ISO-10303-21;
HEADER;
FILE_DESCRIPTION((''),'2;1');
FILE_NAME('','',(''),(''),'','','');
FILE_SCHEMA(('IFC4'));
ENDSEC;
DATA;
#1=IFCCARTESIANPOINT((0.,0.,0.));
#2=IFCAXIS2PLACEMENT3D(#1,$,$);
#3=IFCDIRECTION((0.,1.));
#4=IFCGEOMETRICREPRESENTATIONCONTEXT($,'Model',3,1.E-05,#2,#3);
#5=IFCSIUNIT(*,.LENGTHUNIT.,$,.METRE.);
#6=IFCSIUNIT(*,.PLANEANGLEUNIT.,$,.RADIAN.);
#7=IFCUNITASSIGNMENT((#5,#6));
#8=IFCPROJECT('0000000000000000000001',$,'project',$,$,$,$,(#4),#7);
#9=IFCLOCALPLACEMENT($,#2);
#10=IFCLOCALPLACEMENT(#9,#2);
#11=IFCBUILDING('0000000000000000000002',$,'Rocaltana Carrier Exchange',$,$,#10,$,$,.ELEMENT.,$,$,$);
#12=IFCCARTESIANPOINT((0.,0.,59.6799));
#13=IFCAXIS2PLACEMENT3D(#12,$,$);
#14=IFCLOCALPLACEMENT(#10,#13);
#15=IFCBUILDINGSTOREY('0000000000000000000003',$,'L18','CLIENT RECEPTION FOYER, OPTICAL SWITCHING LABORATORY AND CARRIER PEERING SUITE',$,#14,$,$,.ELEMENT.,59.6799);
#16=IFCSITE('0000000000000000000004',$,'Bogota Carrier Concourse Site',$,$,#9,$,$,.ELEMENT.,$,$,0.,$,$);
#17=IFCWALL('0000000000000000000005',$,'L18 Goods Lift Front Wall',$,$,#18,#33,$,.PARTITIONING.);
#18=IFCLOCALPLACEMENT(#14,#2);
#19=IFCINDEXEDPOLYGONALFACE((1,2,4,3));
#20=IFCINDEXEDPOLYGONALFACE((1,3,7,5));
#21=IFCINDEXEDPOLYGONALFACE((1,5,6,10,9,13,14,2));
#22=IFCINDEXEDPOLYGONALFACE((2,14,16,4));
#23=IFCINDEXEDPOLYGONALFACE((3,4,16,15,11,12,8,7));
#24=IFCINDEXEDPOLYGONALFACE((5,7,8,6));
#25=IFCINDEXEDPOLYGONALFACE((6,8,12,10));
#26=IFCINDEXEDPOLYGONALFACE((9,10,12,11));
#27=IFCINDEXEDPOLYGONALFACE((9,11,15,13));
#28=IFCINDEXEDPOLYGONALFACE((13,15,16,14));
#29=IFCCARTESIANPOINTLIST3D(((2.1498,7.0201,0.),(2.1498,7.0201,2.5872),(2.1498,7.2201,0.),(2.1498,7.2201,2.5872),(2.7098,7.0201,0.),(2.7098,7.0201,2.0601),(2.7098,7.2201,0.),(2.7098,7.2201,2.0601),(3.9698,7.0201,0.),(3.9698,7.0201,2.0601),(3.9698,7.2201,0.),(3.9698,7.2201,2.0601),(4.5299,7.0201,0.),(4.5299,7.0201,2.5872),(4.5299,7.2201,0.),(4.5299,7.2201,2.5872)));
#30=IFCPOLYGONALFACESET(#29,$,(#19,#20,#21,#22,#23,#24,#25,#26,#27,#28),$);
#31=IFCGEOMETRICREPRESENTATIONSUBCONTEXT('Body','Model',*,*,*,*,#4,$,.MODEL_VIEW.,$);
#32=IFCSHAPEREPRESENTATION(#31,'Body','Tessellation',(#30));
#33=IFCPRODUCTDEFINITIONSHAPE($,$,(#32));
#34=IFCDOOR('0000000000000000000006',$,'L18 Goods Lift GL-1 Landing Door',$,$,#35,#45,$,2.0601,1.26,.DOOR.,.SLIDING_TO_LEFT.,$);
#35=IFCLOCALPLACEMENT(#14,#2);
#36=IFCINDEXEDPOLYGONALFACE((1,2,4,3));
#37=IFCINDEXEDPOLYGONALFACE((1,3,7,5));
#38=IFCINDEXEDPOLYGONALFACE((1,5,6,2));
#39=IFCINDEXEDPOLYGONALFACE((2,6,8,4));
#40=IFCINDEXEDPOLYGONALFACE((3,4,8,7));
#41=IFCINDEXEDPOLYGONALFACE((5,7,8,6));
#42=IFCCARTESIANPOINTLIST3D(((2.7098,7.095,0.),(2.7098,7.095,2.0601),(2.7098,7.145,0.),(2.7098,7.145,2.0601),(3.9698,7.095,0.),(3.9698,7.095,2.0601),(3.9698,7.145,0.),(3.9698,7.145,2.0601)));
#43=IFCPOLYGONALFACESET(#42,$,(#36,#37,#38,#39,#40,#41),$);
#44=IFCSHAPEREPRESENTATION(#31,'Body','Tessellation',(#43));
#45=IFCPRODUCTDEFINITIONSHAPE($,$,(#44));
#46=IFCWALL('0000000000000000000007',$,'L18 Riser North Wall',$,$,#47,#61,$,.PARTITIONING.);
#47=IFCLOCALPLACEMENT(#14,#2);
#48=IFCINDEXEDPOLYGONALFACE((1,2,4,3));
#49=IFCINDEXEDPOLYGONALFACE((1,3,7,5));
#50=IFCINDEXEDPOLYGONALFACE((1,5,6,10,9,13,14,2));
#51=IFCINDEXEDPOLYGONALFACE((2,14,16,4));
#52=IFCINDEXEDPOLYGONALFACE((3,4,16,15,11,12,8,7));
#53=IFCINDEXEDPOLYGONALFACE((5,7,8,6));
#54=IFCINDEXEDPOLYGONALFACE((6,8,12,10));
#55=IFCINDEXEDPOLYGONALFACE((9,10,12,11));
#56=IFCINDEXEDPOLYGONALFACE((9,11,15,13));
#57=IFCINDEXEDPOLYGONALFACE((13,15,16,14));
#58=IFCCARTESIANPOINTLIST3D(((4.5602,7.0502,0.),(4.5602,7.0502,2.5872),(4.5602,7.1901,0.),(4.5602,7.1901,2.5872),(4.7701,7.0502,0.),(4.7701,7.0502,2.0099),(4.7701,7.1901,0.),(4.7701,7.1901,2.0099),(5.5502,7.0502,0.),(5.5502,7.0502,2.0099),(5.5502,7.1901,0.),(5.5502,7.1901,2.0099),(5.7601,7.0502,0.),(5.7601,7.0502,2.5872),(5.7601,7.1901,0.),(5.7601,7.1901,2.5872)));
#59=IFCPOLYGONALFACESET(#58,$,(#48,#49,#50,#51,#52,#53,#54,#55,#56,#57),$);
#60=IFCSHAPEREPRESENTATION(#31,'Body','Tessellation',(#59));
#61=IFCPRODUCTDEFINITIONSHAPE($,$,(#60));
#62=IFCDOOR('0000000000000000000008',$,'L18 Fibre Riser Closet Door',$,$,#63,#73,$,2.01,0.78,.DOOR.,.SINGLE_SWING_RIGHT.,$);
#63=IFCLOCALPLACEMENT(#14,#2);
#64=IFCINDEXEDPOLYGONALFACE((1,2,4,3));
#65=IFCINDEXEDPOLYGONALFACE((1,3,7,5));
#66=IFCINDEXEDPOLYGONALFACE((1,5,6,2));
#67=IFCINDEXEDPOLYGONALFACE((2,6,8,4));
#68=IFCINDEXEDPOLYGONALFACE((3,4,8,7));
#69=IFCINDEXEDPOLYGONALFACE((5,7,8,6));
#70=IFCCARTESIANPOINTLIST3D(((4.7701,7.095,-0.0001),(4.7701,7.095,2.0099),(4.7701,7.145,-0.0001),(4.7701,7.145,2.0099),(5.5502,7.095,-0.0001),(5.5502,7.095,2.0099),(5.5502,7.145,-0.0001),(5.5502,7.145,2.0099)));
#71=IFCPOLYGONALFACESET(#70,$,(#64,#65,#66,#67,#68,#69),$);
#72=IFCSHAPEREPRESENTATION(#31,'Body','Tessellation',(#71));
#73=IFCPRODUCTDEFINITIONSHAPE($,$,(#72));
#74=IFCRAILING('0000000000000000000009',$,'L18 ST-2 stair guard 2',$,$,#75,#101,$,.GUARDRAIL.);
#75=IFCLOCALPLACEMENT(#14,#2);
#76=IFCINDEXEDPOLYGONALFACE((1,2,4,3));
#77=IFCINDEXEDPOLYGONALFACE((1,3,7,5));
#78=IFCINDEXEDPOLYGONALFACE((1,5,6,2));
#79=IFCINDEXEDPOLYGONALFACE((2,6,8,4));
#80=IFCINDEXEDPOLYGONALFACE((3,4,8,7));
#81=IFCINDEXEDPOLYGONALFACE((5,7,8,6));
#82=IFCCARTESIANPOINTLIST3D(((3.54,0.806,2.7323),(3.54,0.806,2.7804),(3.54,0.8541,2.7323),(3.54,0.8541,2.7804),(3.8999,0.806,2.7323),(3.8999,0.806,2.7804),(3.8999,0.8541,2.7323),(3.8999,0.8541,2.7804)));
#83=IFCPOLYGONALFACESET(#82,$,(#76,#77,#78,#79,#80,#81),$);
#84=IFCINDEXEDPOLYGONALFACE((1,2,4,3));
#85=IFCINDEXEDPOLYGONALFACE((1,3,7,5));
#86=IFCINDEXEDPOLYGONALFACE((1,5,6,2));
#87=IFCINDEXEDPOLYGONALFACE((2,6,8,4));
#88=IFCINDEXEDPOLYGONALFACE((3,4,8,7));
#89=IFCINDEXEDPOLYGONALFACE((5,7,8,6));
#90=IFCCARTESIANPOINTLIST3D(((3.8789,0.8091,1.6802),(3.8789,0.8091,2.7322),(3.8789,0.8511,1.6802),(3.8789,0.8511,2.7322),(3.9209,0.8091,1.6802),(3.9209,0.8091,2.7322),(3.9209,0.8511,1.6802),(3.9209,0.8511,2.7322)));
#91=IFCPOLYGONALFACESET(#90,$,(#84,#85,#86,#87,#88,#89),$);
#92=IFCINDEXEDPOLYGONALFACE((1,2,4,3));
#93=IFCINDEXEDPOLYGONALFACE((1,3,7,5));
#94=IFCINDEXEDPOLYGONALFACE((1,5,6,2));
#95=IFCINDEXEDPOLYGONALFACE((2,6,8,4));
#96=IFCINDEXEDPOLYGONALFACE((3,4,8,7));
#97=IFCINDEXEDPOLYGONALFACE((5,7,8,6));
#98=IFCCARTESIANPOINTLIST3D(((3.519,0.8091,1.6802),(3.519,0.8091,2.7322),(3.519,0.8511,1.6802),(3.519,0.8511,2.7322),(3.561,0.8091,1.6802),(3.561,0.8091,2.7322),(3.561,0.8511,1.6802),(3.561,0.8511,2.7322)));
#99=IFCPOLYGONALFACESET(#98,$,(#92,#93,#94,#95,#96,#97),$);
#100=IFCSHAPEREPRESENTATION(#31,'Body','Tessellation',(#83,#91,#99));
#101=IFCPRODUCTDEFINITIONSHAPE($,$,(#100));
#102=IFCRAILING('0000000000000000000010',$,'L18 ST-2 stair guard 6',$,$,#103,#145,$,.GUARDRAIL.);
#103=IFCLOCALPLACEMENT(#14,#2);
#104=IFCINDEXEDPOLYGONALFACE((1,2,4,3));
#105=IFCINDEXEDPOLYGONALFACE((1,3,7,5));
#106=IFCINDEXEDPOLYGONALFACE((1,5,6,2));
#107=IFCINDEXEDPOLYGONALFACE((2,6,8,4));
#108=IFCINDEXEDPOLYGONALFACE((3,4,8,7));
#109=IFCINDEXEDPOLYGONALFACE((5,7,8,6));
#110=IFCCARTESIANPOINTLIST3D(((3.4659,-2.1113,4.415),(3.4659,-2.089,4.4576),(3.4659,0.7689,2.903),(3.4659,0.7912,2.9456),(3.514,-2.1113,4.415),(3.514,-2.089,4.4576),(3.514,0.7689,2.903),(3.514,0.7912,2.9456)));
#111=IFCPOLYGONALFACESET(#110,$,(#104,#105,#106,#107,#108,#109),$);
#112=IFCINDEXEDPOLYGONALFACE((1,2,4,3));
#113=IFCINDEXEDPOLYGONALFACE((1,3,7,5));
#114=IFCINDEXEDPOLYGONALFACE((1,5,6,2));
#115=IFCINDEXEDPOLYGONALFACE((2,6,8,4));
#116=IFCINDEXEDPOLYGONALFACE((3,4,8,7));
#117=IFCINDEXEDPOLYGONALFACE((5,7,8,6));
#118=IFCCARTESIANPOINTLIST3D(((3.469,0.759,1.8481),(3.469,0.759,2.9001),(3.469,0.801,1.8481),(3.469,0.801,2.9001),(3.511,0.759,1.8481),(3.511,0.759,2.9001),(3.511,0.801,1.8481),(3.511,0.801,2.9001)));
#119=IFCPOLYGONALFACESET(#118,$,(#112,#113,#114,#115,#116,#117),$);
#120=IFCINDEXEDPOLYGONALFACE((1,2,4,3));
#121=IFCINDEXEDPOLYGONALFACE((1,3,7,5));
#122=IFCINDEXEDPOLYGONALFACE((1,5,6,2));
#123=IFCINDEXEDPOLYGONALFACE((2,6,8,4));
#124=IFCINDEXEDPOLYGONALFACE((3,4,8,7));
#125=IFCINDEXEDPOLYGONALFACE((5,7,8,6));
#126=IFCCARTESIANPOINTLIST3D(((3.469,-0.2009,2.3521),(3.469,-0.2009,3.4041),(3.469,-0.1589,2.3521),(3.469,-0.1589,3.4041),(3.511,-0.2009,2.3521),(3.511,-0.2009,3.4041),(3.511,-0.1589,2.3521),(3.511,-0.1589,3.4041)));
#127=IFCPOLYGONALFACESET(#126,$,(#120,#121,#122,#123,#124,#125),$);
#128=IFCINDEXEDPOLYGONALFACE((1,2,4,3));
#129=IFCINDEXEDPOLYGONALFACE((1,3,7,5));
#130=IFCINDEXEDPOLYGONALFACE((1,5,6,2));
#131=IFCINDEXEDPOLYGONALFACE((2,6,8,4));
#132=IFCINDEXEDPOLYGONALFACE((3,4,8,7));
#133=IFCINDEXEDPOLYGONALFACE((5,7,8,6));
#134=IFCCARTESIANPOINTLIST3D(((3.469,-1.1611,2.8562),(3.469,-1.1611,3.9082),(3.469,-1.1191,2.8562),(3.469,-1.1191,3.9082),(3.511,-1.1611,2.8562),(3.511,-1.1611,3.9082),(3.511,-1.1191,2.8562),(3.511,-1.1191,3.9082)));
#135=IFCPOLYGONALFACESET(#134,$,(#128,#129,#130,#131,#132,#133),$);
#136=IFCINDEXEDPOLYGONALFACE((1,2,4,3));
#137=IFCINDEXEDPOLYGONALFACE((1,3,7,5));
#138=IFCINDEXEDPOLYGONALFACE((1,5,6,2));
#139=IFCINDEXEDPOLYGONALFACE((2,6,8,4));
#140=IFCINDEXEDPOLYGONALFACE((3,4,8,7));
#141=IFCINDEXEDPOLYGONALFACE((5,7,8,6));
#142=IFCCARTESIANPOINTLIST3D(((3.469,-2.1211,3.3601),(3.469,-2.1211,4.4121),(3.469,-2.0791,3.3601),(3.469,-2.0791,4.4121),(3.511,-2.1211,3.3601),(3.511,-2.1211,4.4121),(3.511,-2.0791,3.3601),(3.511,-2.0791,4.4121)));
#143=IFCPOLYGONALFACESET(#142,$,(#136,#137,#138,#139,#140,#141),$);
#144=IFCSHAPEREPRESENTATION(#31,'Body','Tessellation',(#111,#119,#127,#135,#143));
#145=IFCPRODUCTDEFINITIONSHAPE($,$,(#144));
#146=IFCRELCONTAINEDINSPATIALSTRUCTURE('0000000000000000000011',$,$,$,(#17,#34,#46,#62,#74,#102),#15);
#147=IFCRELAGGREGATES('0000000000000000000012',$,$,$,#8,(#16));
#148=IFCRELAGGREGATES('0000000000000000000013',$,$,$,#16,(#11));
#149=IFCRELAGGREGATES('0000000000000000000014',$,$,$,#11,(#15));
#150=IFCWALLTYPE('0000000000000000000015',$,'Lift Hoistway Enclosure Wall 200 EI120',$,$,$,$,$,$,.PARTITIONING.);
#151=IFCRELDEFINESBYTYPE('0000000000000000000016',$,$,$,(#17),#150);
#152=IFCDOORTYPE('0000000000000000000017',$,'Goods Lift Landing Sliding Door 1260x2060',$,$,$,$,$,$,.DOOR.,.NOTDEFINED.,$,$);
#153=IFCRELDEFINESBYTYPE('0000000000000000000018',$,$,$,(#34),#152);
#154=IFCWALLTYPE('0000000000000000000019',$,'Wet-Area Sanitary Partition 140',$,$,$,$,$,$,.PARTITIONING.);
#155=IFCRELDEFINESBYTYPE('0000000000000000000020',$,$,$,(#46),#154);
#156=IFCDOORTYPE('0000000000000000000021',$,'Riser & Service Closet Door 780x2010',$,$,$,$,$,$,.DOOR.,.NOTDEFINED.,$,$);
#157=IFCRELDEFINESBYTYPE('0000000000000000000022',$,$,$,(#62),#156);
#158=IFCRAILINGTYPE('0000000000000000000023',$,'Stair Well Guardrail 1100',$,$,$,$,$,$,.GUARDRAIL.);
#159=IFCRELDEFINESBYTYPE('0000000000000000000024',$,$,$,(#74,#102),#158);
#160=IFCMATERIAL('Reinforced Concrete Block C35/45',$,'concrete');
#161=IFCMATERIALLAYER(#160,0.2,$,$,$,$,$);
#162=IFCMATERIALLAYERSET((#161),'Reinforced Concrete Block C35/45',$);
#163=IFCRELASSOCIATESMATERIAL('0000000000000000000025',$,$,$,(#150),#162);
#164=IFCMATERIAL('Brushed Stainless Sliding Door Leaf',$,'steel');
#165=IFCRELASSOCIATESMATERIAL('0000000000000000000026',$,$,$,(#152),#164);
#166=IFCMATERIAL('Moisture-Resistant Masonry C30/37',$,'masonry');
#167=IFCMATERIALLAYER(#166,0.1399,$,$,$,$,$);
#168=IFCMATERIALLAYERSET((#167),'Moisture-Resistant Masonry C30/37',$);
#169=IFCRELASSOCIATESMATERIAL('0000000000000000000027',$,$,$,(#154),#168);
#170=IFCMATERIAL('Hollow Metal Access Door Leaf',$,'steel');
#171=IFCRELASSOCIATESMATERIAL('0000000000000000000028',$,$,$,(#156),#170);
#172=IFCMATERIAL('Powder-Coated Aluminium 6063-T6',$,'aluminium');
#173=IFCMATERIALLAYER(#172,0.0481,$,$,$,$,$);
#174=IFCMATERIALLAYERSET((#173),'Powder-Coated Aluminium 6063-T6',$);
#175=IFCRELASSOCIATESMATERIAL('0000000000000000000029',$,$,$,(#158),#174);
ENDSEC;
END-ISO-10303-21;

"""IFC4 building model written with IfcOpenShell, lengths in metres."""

from ifc_helpers import new_model, si_unit, direction, frame, frame_2d, origin, origin_2d, place, context, subcontext, project, spatial, rectangle, extrude, material, layer, layer_set, type_object, element, fill, save


model = new_model("IFC4")

# Units and contexts
model_context = context("Model", 3, precision=1e-05, world=origin(), true_north=direction((0.0, 1.0)))
body_context = subcontext(model_context, "Body", "Model", "MODEL_VIEW")
ifc_project = project(units=[si_unit("LENGTHUNIT", "METRE"), si_unit("PLANEANGLEUNIT", "RADIAN")], contexts=[model_context])

# Site, building, storey
site_placement = place(None, origin())
site = spatial("IfcSite", under=ifc_project, at=site_placement, Name="Bogota Carrier Concourse Site", CompositionType="ELEMENT", RefElevation=0.0)
building_placement = place(site_placement, origin())
building = spatial("IfcBuilding", under=site, at=building_placement, Name="Rocaltana Carrier Exchange", CompositionType="ELEMENT")
storey_placement = place(building_placement, frame((0.0, 0.0, 59.6799)))
storey = spatial("IfcBuildingStorey", under=building, at=storey_placement, Name="L18", Description="CLIENT RECEPTION FOYER, OPTICAL SWITCHING LABORATORY AND CARRIER PEERING SUITE", CompositionType="ELEMENT", Elevation=59.6799)

# Shared definitions
ifc_material_1 = material(Name="Reinforced Concrete Block C35/45", Category="concrete")
ifc_layer_1 = layer(ifc_material_1, 0.2)
ifc_layer_set_1 = layer_set([ifc_layer_1], Name="Reinforced Concrete Block C35/45")
wall_type_1 = type_object("IfcWallType", Name="Lift Hoistway Enclosure Wall 200 EI120", PredefinedType="PARTITIONING", material=ifc_layer_set_1)

# Walls, openings, doors
wall_1_placement = place(storey_placement, frame((2.1499, 7.1201, 0.0), z_axis=(0.0, 0.0, 1.0), x_axis=(1.0, 0.0, 0.0)))
wall_1 = element("IfcWall", 1, at=wall_1_placement, inside=storey, type_object=wall_type_1, Name="L18 Goods Lift Front Wall", PredefinedType="PARTITIONING", context=body_context, shape_type="SweptSolid", body=[
    extrude(rectangle(XDim=2.3801, YDim=0.2, at=frame_2d((1.1899, 0.0))), origin(), (0.0, 0.0, 1.0), 2.5872),
])
opening_1_placement = place(wall_1_placement, frame((0.5601, 0.0, 0.0)))
opening_1 = element("IfcOpeningElement", 2, at=opening_1_placement, cuts=wall_1, PredefinedType="OPENING", context=body_context, shape_type="SweptSolid", body=[
    extrude(rectangle(XDim=1.26, YDim=2.0601, at=frame_2d((0.6299, 1.03))), frame((0.0, 0.1099, 0.0), z_axis=(0.0, -1.0, 0.0), x_axis=(1.0, 0.0, 0.0)), (0.0, 0.0, 1.0), 0.22),
])
ifc_material_2 = material(Name="Brushed Stainless Sliding Door Leaf", Category="steel")
door_type_1 = type_object("IfcDoorType", Name="Goods Lift Landing Sliding Door 1260x2060", OperationType="NOTDEFINED", PredefinedType="DOOR", material=ifc_material_2)
door_1_placement = place(opening_1_placement, origin())
door_1 = element("IfcDoor", 3, at=door_1_placement, inside=storey, type_object=door_type_1, Name="L18 Goods Lift GL-1 Landing Door", OperationType="SLIDING_TO_LEFT", OverallHeight=2.0601, OverallWidth=1.26, PredefinedType="DOOR", context=body_context, shape_type="SweptSolid", body=[
    extrude(rectangle(XDim=1.26, YDim=2.0601, at=frame_2d((0.6299, 1.03))), frame((0.0, 0.0249, 0.0), z_axis=(0.0, -1.0, 0.0), x_axis=(1.0, 0.0, 0.0)), (0.0, 0.0, 1.0), 0.05),
])
fill(opening_1, door_1)
ifc_material_3 = material(Name="Moisture-Resistant Masonry C30/37", Category="masonry")
ifc_layer_2 = layer(ifc_material_3, 0.1399)
ifc_layer_set_2 = layer_set([ifc_layer_2], Name="Moisture-Resistant Masonry C30/37")
wall_type_2 = type_object("IfcWallType", Name="Wet-Area Sanitary Partition 140", PredefinedType="PARTITIONING", material=ifc_layer_set_2)
wall_2_placement = place(storey_placement, frame((4.5601, 7.1201, 0.0), z_axis=(0.0, 0.0, 1.0), x_axis=(1.0, 0.0, 0.0)))
wall_2 = element("IfcWall", 4, at=wall_2_placement, inside=storey, type_object=wall_type_2, Name="L18 Riser North Wall", PredefinedType="PARTITIONING", context=body_context, shape_type="SweptSolid", body=[
    extrude(rectangle(XDim=1.2, YDim=0.1399, at=frame_2d((0.6001, 0.0))), origin(), (0.0, 0.0, 1.0), 2.5872),
])
opening_2_placement = place(wall_2_placement, frame((0.21, 0.0, 0.0)))
opening_2 = element("IfcOpeningElement", 5, at=opening_2_placement, cuts=wall_2, PredefinedType="OPENING", context=body_context, shape_type="SweptSolid", body=[
    extrude(rectangle(XDim=0.78, YDim=2.01, at=frame_2d((0.3901, 1.0049))), frame((0.0, 0.0798, 0.0), z_axis=(0.0, -1.0, 0.0), x_axis=(1.0, 0.0, 0.0)), (0.0, 0.0, 1.0), 0.1599),
])
ifc_material_4 = material(Name="Hollow Metal Access Door Leaf", Category="steel")
door_type_2 = type_object("IfcDoorType", Name="Riser & Service Closet Door 780x2010", OperationType="NOTDEFINED", PredefinedType="DOOR", material=ifc_material_4)
door_2_placement = place(opening_2_placement, origin())
door_2 = element("IfcDoor", 6, at=door_2_placement, inside=storey, type_object=door_type_2, Name="L18 Fibre Riser Closet Door", OperationType="SINGLE_SWING_RIGHT", OverallHeight=2.01, OverallWidth=0.78, PredefinedType="DOOR", context=body_context, shape_type="SweptSolid", body=[
    extrude(rectangle(XDim=0.78, YDim=2.01, at=frame_2d((0.3901, 1.0049))), frame((0.0, 0.0249, 0.0), z_axis=(0.0, -1.0, 0.0), x_axis=(1.0, 0.0, 0.0)), (0.0, 0.0, 1.0), 0.05),
])
fill(opening_2, door_2)

# Railings
ifc_material_5 = material(Name="Powder-Coated Aluminium 6063-T6", Category="aluminium")
ifc_layer_3 = layer(ifc_material_5, 0.0481)
ifc_layer_set_3 = layer_set([ifc_layer_3], Name="Powder-Coated Aluminium 6063-T6")
railing_type = type_object("IfcRailingType", Name="Stair Well Guardrail 1100", PredefinedType="GUARDRAIL", material=ifc_layer_set_3)
railing_1_placement = place(storey_placement, frame((3.8999, 0.8301, 1.6802)))
element("IfcRailing", 7, at=railing_1_placement, inside=storey, type_object=railing_type, Name="L18 ST-2 stair guard 2", PredefinedType="GUARDRAIL", context=body_context, shape_type="SweptSolid", body=[
    extrude(rectangle(XDim=0.0481, YDim=0.0481, at=origin_2d()), frame((0.0, 0.0, 1.0762), z_axis=(-1.0, 0.0, 0.0), x_axis=(0.0, -1.0, 0.0)), (0.0, 0.0, 1.0), 0.3599),
    extrude(rectangle(XDim=0.042, YDim=0.042, at=origin_2d()), origin(), (0.0, 0.0, 1.0), 1.052),
    extrude(rectangle(XDim=0.042, YDim=0.042, at=origin_2d()), frame((-0.3599, 0.0, 0.0)), (0.0, 0.0, 1.0), 1.052),
])
railing_2_placement = place(storey_placement, frame((3.49, 0.78, 1.8481)))
element("IfcRailing", 8, at=railing_2_placement, inside=storey, type_object=railing_type, Name="L18 ST-2 stair guard 6", PredefinedType="GUARDRAIL", context=body_context, shape_type="SweptSolid", body=[
    extrude(rectangle(XDim=0.0481, YDim=0.0481, at=origin_2d()), frame((0.0, 0.0, 1.0762), z_axis=(0.0, -0.885411, 0.464809), x_axis=(1.0, 0.0, 0.0)), (0.0, 0.0, 1.0), 3.2529),
    extrude(rectangle(XDim=0.042, YDim=0.042, at=origin_2d()), origin(), (0.0, 0.0, 1.0), 1.052),
    extrude(rectangle(XDim=0.042, YDim=0.042, at=origin_2d()), frame((0.0, -0.96, 0.5039)), (0.0, 0.0, 1.0), 1.052),
    extrude(rectangle(XDim=0.042, YDim=0.042, at=origin_2d()), frame((0.0, -1.9202, 1.0081)), (0.0, 0.0, 1.0), 1.052),
    extrude(rectangle(XDim=0.042, YDim=0.042, at=origin_2d()), frame((0.0, -2.8801, 1.512)), (0.0, 0.0, 1.0), 1.052),
])

save(model, "model.ifc")
